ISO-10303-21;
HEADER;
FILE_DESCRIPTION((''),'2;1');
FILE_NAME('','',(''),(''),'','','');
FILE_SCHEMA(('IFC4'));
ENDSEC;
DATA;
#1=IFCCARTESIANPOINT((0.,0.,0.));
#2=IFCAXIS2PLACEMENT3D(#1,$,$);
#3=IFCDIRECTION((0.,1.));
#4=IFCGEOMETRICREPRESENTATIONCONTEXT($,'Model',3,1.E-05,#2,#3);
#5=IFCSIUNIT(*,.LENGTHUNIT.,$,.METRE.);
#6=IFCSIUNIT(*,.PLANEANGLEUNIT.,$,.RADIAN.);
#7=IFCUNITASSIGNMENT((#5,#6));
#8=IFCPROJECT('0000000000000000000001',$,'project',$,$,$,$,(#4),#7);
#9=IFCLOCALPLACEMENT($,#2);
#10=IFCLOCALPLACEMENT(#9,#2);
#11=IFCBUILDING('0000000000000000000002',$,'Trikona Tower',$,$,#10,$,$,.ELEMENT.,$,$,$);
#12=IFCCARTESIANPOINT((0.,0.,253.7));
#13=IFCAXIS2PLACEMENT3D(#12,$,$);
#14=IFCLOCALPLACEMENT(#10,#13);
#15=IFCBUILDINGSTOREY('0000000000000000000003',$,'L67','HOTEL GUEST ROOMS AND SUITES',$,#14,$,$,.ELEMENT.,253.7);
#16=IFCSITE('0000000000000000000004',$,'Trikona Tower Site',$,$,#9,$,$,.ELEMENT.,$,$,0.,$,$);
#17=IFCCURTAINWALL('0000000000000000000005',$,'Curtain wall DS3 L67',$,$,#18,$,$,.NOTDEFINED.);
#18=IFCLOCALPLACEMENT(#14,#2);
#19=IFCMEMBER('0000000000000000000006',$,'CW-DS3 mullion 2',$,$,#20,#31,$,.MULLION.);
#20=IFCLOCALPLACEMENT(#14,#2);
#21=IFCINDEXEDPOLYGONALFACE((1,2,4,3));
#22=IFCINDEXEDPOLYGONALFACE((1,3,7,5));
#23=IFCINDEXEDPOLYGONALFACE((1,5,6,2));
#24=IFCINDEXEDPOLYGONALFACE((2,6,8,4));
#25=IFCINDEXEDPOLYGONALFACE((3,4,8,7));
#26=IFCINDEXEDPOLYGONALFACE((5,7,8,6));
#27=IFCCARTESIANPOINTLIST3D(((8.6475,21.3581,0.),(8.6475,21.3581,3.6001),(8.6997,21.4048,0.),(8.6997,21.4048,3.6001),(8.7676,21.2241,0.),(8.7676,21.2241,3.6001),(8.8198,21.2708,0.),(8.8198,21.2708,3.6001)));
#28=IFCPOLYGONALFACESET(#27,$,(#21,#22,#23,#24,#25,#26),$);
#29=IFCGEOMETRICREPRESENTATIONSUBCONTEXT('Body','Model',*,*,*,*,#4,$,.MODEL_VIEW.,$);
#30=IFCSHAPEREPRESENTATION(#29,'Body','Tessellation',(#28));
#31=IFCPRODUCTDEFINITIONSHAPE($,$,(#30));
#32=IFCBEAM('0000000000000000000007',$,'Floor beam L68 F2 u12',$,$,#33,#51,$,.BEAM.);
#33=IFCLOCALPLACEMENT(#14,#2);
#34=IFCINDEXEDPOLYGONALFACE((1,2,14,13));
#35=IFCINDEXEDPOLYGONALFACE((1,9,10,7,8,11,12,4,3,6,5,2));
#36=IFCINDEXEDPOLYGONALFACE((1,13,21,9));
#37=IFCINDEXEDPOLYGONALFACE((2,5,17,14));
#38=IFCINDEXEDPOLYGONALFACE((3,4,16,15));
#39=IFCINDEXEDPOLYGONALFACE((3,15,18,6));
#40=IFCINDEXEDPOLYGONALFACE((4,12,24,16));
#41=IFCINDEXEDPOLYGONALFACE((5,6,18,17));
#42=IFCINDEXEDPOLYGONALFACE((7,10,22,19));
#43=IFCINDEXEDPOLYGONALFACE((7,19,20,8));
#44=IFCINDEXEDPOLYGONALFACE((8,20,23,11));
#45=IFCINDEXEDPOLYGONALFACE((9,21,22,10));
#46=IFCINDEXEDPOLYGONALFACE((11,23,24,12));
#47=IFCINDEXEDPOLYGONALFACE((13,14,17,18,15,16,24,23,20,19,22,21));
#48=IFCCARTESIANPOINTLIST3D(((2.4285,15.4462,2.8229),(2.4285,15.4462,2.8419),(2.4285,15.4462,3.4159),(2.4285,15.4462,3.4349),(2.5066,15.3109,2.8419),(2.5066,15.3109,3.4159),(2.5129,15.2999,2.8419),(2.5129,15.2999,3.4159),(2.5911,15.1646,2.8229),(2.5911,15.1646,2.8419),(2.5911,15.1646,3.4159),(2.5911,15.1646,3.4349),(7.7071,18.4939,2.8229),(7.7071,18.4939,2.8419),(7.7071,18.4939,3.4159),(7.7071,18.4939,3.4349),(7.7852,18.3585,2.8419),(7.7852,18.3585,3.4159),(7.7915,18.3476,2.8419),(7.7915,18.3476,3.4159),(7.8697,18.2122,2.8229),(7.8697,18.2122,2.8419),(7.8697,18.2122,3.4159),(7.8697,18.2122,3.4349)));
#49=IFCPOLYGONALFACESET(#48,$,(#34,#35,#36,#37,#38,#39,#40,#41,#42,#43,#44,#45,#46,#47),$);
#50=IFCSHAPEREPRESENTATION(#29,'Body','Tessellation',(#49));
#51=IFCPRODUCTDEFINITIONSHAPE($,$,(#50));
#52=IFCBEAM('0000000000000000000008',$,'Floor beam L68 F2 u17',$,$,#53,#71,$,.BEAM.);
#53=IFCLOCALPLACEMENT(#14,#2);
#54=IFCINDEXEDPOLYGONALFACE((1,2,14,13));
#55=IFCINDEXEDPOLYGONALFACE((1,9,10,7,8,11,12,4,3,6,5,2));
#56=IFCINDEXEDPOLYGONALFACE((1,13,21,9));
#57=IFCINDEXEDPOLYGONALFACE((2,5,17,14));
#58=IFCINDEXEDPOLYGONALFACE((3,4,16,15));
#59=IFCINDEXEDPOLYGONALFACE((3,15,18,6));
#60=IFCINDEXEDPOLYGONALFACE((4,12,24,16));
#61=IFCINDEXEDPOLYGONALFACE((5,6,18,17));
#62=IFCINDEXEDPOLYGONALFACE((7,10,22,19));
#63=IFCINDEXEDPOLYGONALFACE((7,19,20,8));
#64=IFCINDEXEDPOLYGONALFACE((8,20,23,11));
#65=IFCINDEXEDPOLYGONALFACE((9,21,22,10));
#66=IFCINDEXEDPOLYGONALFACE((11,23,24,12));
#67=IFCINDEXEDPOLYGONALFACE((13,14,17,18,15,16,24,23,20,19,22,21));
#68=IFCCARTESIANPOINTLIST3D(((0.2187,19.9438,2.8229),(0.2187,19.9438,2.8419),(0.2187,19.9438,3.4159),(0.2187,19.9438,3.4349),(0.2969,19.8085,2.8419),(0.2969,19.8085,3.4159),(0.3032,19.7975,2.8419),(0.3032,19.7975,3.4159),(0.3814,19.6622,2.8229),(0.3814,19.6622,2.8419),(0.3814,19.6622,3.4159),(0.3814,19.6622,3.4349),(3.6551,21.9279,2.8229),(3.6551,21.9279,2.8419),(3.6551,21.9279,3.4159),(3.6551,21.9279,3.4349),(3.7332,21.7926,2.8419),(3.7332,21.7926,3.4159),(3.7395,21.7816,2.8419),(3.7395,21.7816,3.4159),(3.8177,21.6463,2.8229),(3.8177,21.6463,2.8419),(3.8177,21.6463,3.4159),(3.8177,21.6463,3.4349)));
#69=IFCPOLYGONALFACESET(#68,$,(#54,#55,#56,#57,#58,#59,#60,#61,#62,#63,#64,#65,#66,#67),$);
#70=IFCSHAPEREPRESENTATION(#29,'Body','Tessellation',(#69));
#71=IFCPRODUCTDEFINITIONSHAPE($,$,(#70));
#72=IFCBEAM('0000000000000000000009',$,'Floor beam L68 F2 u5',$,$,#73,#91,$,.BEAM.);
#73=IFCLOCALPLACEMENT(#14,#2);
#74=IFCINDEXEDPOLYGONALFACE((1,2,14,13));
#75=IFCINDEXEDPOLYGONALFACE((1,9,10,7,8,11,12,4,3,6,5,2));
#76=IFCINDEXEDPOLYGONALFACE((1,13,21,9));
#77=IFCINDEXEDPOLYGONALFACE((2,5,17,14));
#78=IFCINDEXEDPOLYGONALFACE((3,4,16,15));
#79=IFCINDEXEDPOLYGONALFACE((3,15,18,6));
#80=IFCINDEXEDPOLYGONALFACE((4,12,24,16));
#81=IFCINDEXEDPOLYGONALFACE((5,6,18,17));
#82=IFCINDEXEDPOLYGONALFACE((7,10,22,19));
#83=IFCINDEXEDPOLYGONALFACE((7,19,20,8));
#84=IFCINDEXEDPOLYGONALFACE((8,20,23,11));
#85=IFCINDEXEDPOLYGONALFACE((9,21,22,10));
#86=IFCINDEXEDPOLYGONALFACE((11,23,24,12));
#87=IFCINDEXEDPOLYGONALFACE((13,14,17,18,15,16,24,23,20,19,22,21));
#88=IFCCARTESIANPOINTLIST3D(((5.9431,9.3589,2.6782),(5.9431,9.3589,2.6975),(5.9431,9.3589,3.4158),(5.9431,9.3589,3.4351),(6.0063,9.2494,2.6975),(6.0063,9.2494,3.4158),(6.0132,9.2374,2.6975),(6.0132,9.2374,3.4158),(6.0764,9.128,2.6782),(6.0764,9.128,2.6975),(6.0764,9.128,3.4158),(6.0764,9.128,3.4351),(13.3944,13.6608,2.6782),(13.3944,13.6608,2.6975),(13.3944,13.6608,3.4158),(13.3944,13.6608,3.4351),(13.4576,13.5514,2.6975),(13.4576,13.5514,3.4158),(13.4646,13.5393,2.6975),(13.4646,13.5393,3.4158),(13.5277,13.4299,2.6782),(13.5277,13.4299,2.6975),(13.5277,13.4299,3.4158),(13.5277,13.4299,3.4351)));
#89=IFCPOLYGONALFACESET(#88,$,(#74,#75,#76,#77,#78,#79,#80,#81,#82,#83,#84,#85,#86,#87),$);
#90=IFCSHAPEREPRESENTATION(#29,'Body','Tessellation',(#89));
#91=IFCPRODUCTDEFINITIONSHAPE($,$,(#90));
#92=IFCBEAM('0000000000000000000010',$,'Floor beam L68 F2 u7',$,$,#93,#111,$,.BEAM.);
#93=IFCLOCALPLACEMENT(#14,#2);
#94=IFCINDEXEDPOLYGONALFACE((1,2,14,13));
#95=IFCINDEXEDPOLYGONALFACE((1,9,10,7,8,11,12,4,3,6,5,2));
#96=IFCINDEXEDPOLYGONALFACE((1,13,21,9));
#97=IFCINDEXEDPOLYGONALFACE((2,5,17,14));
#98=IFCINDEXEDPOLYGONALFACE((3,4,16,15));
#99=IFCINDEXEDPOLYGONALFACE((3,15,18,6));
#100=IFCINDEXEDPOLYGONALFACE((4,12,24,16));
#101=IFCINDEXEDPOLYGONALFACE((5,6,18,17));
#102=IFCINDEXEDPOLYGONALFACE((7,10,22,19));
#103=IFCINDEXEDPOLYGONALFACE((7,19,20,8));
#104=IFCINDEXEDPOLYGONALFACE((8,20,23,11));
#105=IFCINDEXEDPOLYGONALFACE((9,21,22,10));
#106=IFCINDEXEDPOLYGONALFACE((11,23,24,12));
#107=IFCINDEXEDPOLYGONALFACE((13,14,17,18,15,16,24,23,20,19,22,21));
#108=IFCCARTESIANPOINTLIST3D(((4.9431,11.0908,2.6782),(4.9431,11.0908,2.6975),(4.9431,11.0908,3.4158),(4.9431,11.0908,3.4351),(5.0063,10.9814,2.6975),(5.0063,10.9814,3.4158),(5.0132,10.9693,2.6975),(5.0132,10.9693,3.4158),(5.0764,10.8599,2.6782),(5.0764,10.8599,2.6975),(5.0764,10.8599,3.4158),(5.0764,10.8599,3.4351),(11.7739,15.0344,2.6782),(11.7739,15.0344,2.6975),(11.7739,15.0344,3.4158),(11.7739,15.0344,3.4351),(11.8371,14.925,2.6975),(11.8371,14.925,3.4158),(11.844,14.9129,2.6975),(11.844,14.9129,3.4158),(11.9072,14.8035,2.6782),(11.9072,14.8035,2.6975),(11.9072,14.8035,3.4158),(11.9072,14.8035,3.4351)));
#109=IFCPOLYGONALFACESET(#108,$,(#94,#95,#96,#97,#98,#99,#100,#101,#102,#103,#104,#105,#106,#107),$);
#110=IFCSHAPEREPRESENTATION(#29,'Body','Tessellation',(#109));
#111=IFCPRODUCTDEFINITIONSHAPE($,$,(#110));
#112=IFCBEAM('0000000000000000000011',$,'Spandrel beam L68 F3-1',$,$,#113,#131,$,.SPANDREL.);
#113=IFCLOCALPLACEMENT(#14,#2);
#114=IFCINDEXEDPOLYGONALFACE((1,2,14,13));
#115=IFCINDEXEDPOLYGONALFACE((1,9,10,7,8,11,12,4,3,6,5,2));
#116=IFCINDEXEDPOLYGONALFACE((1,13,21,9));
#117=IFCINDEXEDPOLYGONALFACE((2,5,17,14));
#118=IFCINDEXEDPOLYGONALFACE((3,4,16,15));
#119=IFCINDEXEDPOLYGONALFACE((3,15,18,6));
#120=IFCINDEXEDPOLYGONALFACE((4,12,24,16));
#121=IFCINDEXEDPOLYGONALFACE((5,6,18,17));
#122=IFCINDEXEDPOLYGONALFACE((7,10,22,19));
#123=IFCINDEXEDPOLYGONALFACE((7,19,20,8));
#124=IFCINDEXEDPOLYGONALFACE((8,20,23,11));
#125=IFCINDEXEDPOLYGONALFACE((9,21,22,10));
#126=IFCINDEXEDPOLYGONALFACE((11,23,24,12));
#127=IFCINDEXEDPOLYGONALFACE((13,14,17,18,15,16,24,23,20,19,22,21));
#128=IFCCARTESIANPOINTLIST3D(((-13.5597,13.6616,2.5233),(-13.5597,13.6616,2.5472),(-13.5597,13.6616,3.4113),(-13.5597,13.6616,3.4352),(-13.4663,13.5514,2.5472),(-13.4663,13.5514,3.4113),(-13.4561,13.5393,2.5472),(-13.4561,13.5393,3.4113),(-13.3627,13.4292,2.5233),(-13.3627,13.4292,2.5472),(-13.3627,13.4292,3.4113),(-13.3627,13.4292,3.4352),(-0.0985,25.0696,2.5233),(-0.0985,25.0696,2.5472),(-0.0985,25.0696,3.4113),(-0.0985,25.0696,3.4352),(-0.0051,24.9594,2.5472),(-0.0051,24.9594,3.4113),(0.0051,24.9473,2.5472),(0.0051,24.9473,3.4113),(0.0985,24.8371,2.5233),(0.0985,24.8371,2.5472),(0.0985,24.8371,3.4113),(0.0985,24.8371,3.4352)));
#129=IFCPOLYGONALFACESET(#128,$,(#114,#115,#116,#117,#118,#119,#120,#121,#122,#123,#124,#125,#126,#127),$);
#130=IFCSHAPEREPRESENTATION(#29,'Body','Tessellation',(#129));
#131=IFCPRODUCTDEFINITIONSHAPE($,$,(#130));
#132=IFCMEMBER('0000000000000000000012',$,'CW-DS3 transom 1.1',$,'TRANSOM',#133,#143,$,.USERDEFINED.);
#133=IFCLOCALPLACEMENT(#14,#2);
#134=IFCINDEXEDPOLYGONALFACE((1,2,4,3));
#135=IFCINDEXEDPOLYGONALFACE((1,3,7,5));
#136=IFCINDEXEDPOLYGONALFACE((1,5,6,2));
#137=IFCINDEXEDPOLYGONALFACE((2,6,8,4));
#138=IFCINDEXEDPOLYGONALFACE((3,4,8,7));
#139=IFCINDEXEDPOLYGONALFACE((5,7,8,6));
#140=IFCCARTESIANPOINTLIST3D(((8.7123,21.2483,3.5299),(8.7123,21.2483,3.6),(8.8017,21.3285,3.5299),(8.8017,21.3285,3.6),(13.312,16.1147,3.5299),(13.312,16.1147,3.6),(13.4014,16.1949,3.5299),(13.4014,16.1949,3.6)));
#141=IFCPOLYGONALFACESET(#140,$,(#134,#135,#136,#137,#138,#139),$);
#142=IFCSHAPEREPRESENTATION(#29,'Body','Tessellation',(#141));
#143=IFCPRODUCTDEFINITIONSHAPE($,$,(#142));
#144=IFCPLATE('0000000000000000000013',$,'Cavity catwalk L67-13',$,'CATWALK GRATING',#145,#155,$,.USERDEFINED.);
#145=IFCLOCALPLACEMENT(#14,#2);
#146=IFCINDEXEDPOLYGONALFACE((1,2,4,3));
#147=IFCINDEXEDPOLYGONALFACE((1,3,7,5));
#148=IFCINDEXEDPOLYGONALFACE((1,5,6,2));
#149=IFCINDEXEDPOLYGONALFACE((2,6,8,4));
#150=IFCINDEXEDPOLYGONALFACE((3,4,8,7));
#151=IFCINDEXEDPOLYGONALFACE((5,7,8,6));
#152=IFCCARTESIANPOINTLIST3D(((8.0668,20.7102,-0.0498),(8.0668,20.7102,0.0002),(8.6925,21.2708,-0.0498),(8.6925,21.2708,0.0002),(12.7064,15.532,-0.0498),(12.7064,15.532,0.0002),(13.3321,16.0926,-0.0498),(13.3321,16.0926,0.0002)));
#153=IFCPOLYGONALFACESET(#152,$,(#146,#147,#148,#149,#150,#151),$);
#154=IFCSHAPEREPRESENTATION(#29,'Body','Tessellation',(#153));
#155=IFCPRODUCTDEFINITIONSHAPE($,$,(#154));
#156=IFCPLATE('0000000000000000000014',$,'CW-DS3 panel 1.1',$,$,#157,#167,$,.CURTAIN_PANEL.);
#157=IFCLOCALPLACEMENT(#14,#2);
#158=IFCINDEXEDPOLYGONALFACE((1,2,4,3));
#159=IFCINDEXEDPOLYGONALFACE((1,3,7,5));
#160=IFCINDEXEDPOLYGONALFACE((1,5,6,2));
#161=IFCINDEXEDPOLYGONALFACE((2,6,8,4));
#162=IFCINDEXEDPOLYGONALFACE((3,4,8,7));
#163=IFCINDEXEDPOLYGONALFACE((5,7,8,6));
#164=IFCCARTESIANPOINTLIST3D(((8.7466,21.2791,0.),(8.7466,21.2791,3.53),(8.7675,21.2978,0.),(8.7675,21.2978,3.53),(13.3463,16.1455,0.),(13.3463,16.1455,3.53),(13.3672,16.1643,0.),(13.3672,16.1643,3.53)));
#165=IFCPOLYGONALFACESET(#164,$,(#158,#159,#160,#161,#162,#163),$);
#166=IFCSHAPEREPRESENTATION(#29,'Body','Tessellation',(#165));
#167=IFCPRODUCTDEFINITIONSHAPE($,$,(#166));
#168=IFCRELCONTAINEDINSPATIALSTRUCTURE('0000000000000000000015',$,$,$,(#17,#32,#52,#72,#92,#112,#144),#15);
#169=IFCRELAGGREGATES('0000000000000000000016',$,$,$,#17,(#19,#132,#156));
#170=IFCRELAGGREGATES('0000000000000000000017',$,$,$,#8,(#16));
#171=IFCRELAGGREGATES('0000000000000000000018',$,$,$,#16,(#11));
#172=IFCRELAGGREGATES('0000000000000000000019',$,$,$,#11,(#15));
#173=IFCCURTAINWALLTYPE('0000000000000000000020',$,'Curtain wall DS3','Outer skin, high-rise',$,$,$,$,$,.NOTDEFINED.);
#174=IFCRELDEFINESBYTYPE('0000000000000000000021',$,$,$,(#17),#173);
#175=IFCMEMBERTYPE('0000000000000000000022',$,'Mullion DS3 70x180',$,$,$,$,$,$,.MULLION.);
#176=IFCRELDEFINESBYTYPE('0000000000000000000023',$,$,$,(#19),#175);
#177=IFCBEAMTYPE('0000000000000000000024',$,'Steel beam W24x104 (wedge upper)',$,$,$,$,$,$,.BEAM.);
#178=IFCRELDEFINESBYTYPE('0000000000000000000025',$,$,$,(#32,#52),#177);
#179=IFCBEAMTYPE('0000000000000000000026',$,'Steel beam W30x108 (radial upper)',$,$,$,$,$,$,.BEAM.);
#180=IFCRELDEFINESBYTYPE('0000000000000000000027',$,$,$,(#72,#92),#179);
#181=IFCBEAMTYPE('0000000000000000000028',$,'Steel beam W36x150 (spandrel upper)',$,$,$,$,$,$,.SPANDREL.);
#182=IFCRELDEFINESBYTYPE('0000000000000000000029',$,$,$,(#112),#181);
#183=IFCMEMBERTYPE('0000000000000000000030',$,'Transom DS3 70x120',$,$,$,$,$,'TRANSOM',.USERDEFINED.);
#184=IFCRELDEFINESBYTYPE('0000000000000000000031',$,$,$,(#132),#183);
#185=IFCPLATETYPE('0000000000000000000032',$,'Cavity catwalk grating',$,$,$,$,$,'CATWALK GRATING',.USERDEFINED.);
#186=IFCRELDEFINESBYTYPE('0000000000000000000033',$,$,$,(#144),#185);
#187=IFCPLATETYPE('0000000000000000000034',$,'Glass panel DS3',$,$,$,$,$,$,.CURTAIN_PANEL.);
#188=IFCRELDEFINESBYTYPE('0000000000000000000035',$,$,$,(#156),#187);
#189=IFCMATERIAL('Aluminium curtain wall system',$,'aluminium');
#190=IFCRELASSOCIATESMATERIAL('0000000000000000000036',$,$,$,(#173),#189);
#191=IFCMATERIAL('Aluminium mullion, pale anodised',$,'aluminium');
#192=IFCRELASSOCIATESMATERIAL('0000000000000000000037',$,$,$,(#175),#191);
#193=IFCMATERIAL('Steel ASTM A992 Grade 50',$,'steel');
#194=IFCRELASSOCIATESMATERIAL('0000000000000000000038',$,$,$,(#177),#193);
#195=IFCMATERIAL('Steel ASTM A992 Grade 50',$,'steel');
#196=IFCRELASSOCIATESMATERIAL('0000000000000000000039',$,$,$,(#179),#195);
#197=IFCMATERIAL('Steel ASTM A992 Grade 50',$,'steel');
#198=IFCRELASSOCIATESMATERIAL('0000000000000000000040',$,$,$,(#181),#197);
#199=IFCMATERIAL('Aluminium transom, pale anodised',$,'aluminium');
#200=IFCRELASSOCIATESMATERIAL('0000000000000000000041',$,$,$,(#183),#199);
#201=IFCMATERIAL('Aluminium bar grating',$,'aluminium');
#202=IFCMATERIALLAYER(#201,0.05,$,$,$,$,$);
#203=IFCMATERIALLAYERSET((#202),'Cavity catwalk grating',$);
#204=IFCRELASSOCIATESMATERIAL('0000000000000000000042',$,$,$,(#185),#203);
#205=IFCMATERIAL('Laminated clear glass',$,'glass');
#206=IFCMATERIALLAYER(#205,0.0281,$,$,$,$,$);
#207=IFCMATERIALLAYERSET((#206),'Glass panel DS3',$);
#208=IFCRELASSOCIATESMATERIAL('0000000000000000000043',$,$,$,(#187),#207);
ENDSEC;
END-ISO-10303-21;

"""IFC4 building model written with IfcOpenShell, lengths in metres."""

from ifc_helpers import new_model, si_unit, direction, frame, origin, origin_2d, place, context, subcontext, project, spatial, rectangle, i_section, extrude, material, layer, layer_set, material_profile, profile_set, type_object, element, aggregate, save


model = new_model("IFC4")

# Units and contexts
model_context = context("Model", 3, precision=1e-05, world=origin(), true_north=direction((0.0, 1.0)))
body_context = subcontext(model_context, "Body", "Model", "MODEL_VIEW")
ifc_project = project(units=[si_unit("LENGTHUNIT", "METRE"), si_unit("PLANEANGLEUNIT", "RADIAN")], contexts=[model_context])

# Site, building, storey
site_placement = place(None, origin())
site = spatial("IfcSite", under=ifc_project, at=site_placement, Name="Trikona Tower Site", CompositionType="ELEMENT", RefElevation=0.0)
building_placement = place(site_placement, origin())
building = spatial("IfcBuilding", under=site, at=building_placement, Name="Trikona Tower", CompositionType="ELEMENT")
storey_placement = place(building_placement, frame((0.0, 0.0, 253.7)))
storey = spatial("IfcBuildingStorey", under=building, at=storey_placement, Name="L67", Description="HOTEL GUEST ROOMS AND SUITES", CompositionType="ELEMENT", Elevation=253.7)

# Curtain wall, member
ifc_material_1 = material(Name="Aluminium curtain wall system", Category="aluminium")
curtain_wall_type = type_object("IfcCurtainWallType", Name="Curtain wall DS3", Description="Outer skin, high-rise", PredefinedType="NOTDEFINED", material=ifc_material_1)
curtain_wall_placement = place(storey_placement, origin())
curtain_wall = element("IfcCurtainWall", 1, at=curtain_wall_placement, inside=storey, type_object=curtain_wall_type, Name="Curtain wall DS3 L67", PredefinedType="NOTDEFINED")
ifc_material_2 = material(Name="Aluminium mullion, pale anodised", Category="aluminium")
ifc_material_profile_1 = material_profile(ifc_material_2, rectangle(XDim=0.0701, YDim=0.1799, at=origin_2d()), Name="MUL-DS3")
ifc_profile_set_1 = profile_set([ifc_material_profile_1], Name="Aluminium mullion, pale anodised")
member_type_1 = type_object("IfcMemberType", Name="Mullion DS3 70x180", PredefinedType="MULLION", material=ifc_profile_set_1)
member_1_placement = place(storey_placement, frame((8.7336, 21.3145, 0.0), z_axis=(0.0, 0.0, 1.0), x_axis=(-0.744771, -0.66732, 0.0)))
member_1 = element("IfcMember", 2, at=member_1_placement, type_object=member_type_1, Name="CW-DS3 mullion 2", PredefinedType="MULLION", context=body_context, shape_type="SweptSolid", body=[
    extrude(rectangle(XDim=0.0701, YDim=0.1799, at=origin_2d()), origin(), (0.0, 0.0, 1.0), 3.6001),
])

# Beams
ifc_material_3 = material(Name="Steel ASTM A992 Grade 50", Category="steel")
ifc_material_profile_2 = material_profile(ifc_material_3, i_section(OverallWidth=0.3252, OverallDepth=0.6121, WebThickness=0.0127, FlangeThickness=0.019, at=origin_2d()), Name="W24X104")
ifc_profile_set_2 = profile_set([ifc_material_profile_2], Name="Steel ASTM A992 Grade 50")
beam_type_1 = type_object("IfcBeamType", Name="Steel beam W24x104 (wedge upper)", PredefinedType="BEAM", material=ifc_profile_set_2)
beam_1_placement = place(storey_placement, frame((2.5098, 15.3054, 3.1289), z_axis=(0.866023, 0.500003, 0.0), x_axis=(-0.500003, 0.866023, 0.0)))
element("IfcBeam", 3, at=beam_1_placement, inside=storey, type_object=beam_type_1, Name="Floor beam L68 F2 u12", PredefinedType="BEAM", context=body_context, shape_type="SweptSolid", body=[
    extrude(i_section(OverallWidth=0.3252, OverallDepth=0.6121, WebThickness=0.0127, FlangeThickness=0.019, at=origin_2d()), origin(), (0.0, 0.0, 1.0), 6.0952),
])
beam_2_placement = place(storey_placement, frame((0.3, 19.803, 3.1289), z_axis=(0.866004, 0.500037, 0.0), x_axis=(-0.500037, 0.866004, 0.0)))
element("IfcBeam", 4, at=beam_2_placement, inside=storey, type_object=beam_type_1, Name="Floor beam L68 F2 u17", PredefinedType="BEAM", context=body_context, shape_type="SweptSolid", body=[
    extrude(i_section(OverallWidth=0.3252, OverallDepth=0.6121, WebThickness=0.0127, FlangeThickness=0.019, at=origin_2d()), origin(), (0.0, 0.0, 1.0), 3.968),
])
ifc_material_4 = material(Name="Steel ASTM A992 Grade 50", Category="steel")
ifc_material_profile_3 = material_profile(ifc_material_4, i_section(OverallWidth=0.2666, OverallDepth=0.7568, WebThickness=0.0139, FlangeThickness=0.0193, at=origin_2d()), Name="W30X108")
ifc_profile_set_3 = profile_set([ifc_material_profile_3], Name="Steel ASTM A992 Grade 50")
beam_type_2 = type_object("IfcBeamType", Name="Steel beam W30x108 (radial upper)", PredefinedType="BEAM", material=ifc_profile_set_3)
beam_3_placement = place(storey_placement, frame((6.0098, 9.2434, 3.0566), z_axis=(0.866029, 0.499993, 0.0), x_axis=(-0.499993, 0.866029, 0.0)))
element("IfcBeam", 5, at=beam_3_placement, inside=storey, type_object=beam_type_2, Name="Floor beam L68 F2 u5", PredefinedType="BEAM", context=body_context, shape_type="SweptSolid", body=[
    extrude(i_section(OverallWidth=0.2666, OverallDepth=0.7568, WebThickness=0.0139, FlangeThickness=0.0193, at=origin_2d()), origin(), (0.0, 0.0, 1.0), 8.604),
])
beam_4_placement = place(storey_placement, frame((5.0098, 10.9753, 3.0566), z_axis=(0.866035, 0.499984, 0.0), x_axis=(-0.499984, 0.866035, 0.0)))
element("IfcBeam", 6, at=beam_4_placement, inside=storey, type_object=beam_type_2, Name="Floor beam L68 F2 u7", PredefinedType="BEAM", context=body_context, shape_type="SweptSolid", body=[
    extrude(i_section(OverallWidth=0.2666, OverallDepth=0.7568, WebThickness=0.0139, FlangeThickness=0.0193, at=origin_2d()), origin(), (0.0, 0.0, 1.0), 7.8875),
])
ifc_material_5 = material(Name="Steel ASTM A992 Grade 50", Category="steel")
ifc_material_profile_4 = material_profile(ifc_material_5, i_section(OverallWidth=0.3047, OverallDepth=0.9119, WebThickness=0.0159, FlangeThickness=0.0239, at=origin_2d()), Name="W36X150")
ifc_profile_set_4 = profile_set([ifc_material_profile_4], Name="Steel ASTM A992 Grade 50")
beam_type_3 = type_object("IfcBeamType", Name="Steel beam W36x150 (spandrel upper)", PredefinedType="SPANDREL", material=ifc_profile_set_4)
beam_5_placement = place(storey_placement, frame((0.0, 24.9534, 2.9792), z_axis=(-0.762891, -0.646528, 0.0), x_axis=(0.646528, -0.762891, 0.0)))
element("IfcBeam", 7, at=beam_5_placement, inside=storey, type_object=beam_type_3, Name="Spandrel beam L68 F3-1", PredefinedType="SPANDREL", context=body_context, shape_type="SweptSolid", body=[
    extrude(i_section(OverallWidth=0.3047, OverallDepth=0.9119, WebThickness=0.0159, FlangeThickness=0.0239, at=origin_2d()), origin(), (0.0, 0.0, 1.0), 17.645),
])

# Member
ifc_material_6 = material(Name="Aluminium transom, pale anodised", Category="aluminium")
ifc_material_profile_5 = material_profile(ifc_material_6, rectangle(XDim=0.1201, YDim=0.0701, at=origin_2d()), Name="TRN-DS3")
ifc_profile_set_5 = profile_set([ifc_material_profile_5], Name="Aluminium transom, pale anodised")
member_type_2 = type_object("IfcMemberType", Name="Transom DS3 70x120", ElementType="TRANSOM", PredefinedType="USERDEFINED", material=ifc_profile_set_5)
member_2_placement = place(storey_placement, frame((13.3567, 16.1548, 3.5649), z_axis=(-0.667313, 0.744777, 0.0), x_axis=(-0.744777, -0.667313, 0.0)))
member_2 = element("IfcMember", 8, at=member_2_placement, type_object=member_type_2, Name="CW-DS3 transom 1.1", ObjectType="TRANSOM", PredefinedType="USERDEFINED", context=body_context, shape_type="SweptSolid", body=[
    extrude(rectangle(XDim=0.1201, YDim=0.0701, at=origin_2d()), origin(), (0.0, 0.0, 1.0), 6.8928),
])

# Plates
ifc_material_7 = material(Name="Aluminium bar grating", Category="aluminium")
ifc_layer_1 = layer(ifc_material_7, 0.05)
ifc_layer_set_1 = layer_set([ifc_layer_1], Name="Cavity catwalk grating")
plate_type_1 = type_object("IfcPlateType", Name="Cavity catwalk grating", ElementType="CATWALK GRATING", PredefinedType="USERDEFINED", material=ifc_layer_set_1)
plate_1_placement = place(storey_placement, frame((10.6995, 18.4014, -0.0498), z_axis=(0.0, 0.0, 1.0), x_axis=(-0.667311, 0.744779, 0.0)))
element("IfcPlate", 9, at=plate_1_placement, inside=storey, type_object=plate_type_1, Name="Cavity catwalk L67-13", ObjectType="CATWALK GRATING", PredefinedType="USERDEFINED", context=body_context, shape_type="SweptSolid", body=[
    extrude(rectangle(XDim=6.9526, YDim=0.8401, at=origin_2d()), origin(), (0.0, 0.0, 1.0), 0.05),
])
ifc_material_8 = material(Name="Laminated clear glass", Category="glass")
ifc_layer_2 = layer(ifc_material_8, 0.0281)
ifc_layer_set_2 = layer_set([ifc_layer_2], Name="Glass panel DS3")
plate_type_2 = type_object("IfcPlateType", Name="Glass panel DS3", PredefinedType="CURTAIN_PANEL", material=ifc_layer_set_2)
plate_2_placement = place(storey_placement, frame((11.0569, 18.7217, 0.0), z_axis=(0.0, 0.0, 1.0), x_axis=(-0.66732, 0.744771, 0.0)))
plate_2 = element("IfcPlate", 10, at=plate_2_placement, type_object=plate_type_2, Name="CW-DS3 panel 1.1", PredefinedType="CURTAIN_PANEL", context=body_context, shape_type="SweptSolid", body=[
    extrude(rectangle(XDim=6.8928, YDim=0.0281, at=origin_2d()), origin(), (0.0, 0.0, 1.0), 3.53),
])
aggregate(curtain_wall, [member_1, member_2, plate_2])

save(model, "model.ifc")
